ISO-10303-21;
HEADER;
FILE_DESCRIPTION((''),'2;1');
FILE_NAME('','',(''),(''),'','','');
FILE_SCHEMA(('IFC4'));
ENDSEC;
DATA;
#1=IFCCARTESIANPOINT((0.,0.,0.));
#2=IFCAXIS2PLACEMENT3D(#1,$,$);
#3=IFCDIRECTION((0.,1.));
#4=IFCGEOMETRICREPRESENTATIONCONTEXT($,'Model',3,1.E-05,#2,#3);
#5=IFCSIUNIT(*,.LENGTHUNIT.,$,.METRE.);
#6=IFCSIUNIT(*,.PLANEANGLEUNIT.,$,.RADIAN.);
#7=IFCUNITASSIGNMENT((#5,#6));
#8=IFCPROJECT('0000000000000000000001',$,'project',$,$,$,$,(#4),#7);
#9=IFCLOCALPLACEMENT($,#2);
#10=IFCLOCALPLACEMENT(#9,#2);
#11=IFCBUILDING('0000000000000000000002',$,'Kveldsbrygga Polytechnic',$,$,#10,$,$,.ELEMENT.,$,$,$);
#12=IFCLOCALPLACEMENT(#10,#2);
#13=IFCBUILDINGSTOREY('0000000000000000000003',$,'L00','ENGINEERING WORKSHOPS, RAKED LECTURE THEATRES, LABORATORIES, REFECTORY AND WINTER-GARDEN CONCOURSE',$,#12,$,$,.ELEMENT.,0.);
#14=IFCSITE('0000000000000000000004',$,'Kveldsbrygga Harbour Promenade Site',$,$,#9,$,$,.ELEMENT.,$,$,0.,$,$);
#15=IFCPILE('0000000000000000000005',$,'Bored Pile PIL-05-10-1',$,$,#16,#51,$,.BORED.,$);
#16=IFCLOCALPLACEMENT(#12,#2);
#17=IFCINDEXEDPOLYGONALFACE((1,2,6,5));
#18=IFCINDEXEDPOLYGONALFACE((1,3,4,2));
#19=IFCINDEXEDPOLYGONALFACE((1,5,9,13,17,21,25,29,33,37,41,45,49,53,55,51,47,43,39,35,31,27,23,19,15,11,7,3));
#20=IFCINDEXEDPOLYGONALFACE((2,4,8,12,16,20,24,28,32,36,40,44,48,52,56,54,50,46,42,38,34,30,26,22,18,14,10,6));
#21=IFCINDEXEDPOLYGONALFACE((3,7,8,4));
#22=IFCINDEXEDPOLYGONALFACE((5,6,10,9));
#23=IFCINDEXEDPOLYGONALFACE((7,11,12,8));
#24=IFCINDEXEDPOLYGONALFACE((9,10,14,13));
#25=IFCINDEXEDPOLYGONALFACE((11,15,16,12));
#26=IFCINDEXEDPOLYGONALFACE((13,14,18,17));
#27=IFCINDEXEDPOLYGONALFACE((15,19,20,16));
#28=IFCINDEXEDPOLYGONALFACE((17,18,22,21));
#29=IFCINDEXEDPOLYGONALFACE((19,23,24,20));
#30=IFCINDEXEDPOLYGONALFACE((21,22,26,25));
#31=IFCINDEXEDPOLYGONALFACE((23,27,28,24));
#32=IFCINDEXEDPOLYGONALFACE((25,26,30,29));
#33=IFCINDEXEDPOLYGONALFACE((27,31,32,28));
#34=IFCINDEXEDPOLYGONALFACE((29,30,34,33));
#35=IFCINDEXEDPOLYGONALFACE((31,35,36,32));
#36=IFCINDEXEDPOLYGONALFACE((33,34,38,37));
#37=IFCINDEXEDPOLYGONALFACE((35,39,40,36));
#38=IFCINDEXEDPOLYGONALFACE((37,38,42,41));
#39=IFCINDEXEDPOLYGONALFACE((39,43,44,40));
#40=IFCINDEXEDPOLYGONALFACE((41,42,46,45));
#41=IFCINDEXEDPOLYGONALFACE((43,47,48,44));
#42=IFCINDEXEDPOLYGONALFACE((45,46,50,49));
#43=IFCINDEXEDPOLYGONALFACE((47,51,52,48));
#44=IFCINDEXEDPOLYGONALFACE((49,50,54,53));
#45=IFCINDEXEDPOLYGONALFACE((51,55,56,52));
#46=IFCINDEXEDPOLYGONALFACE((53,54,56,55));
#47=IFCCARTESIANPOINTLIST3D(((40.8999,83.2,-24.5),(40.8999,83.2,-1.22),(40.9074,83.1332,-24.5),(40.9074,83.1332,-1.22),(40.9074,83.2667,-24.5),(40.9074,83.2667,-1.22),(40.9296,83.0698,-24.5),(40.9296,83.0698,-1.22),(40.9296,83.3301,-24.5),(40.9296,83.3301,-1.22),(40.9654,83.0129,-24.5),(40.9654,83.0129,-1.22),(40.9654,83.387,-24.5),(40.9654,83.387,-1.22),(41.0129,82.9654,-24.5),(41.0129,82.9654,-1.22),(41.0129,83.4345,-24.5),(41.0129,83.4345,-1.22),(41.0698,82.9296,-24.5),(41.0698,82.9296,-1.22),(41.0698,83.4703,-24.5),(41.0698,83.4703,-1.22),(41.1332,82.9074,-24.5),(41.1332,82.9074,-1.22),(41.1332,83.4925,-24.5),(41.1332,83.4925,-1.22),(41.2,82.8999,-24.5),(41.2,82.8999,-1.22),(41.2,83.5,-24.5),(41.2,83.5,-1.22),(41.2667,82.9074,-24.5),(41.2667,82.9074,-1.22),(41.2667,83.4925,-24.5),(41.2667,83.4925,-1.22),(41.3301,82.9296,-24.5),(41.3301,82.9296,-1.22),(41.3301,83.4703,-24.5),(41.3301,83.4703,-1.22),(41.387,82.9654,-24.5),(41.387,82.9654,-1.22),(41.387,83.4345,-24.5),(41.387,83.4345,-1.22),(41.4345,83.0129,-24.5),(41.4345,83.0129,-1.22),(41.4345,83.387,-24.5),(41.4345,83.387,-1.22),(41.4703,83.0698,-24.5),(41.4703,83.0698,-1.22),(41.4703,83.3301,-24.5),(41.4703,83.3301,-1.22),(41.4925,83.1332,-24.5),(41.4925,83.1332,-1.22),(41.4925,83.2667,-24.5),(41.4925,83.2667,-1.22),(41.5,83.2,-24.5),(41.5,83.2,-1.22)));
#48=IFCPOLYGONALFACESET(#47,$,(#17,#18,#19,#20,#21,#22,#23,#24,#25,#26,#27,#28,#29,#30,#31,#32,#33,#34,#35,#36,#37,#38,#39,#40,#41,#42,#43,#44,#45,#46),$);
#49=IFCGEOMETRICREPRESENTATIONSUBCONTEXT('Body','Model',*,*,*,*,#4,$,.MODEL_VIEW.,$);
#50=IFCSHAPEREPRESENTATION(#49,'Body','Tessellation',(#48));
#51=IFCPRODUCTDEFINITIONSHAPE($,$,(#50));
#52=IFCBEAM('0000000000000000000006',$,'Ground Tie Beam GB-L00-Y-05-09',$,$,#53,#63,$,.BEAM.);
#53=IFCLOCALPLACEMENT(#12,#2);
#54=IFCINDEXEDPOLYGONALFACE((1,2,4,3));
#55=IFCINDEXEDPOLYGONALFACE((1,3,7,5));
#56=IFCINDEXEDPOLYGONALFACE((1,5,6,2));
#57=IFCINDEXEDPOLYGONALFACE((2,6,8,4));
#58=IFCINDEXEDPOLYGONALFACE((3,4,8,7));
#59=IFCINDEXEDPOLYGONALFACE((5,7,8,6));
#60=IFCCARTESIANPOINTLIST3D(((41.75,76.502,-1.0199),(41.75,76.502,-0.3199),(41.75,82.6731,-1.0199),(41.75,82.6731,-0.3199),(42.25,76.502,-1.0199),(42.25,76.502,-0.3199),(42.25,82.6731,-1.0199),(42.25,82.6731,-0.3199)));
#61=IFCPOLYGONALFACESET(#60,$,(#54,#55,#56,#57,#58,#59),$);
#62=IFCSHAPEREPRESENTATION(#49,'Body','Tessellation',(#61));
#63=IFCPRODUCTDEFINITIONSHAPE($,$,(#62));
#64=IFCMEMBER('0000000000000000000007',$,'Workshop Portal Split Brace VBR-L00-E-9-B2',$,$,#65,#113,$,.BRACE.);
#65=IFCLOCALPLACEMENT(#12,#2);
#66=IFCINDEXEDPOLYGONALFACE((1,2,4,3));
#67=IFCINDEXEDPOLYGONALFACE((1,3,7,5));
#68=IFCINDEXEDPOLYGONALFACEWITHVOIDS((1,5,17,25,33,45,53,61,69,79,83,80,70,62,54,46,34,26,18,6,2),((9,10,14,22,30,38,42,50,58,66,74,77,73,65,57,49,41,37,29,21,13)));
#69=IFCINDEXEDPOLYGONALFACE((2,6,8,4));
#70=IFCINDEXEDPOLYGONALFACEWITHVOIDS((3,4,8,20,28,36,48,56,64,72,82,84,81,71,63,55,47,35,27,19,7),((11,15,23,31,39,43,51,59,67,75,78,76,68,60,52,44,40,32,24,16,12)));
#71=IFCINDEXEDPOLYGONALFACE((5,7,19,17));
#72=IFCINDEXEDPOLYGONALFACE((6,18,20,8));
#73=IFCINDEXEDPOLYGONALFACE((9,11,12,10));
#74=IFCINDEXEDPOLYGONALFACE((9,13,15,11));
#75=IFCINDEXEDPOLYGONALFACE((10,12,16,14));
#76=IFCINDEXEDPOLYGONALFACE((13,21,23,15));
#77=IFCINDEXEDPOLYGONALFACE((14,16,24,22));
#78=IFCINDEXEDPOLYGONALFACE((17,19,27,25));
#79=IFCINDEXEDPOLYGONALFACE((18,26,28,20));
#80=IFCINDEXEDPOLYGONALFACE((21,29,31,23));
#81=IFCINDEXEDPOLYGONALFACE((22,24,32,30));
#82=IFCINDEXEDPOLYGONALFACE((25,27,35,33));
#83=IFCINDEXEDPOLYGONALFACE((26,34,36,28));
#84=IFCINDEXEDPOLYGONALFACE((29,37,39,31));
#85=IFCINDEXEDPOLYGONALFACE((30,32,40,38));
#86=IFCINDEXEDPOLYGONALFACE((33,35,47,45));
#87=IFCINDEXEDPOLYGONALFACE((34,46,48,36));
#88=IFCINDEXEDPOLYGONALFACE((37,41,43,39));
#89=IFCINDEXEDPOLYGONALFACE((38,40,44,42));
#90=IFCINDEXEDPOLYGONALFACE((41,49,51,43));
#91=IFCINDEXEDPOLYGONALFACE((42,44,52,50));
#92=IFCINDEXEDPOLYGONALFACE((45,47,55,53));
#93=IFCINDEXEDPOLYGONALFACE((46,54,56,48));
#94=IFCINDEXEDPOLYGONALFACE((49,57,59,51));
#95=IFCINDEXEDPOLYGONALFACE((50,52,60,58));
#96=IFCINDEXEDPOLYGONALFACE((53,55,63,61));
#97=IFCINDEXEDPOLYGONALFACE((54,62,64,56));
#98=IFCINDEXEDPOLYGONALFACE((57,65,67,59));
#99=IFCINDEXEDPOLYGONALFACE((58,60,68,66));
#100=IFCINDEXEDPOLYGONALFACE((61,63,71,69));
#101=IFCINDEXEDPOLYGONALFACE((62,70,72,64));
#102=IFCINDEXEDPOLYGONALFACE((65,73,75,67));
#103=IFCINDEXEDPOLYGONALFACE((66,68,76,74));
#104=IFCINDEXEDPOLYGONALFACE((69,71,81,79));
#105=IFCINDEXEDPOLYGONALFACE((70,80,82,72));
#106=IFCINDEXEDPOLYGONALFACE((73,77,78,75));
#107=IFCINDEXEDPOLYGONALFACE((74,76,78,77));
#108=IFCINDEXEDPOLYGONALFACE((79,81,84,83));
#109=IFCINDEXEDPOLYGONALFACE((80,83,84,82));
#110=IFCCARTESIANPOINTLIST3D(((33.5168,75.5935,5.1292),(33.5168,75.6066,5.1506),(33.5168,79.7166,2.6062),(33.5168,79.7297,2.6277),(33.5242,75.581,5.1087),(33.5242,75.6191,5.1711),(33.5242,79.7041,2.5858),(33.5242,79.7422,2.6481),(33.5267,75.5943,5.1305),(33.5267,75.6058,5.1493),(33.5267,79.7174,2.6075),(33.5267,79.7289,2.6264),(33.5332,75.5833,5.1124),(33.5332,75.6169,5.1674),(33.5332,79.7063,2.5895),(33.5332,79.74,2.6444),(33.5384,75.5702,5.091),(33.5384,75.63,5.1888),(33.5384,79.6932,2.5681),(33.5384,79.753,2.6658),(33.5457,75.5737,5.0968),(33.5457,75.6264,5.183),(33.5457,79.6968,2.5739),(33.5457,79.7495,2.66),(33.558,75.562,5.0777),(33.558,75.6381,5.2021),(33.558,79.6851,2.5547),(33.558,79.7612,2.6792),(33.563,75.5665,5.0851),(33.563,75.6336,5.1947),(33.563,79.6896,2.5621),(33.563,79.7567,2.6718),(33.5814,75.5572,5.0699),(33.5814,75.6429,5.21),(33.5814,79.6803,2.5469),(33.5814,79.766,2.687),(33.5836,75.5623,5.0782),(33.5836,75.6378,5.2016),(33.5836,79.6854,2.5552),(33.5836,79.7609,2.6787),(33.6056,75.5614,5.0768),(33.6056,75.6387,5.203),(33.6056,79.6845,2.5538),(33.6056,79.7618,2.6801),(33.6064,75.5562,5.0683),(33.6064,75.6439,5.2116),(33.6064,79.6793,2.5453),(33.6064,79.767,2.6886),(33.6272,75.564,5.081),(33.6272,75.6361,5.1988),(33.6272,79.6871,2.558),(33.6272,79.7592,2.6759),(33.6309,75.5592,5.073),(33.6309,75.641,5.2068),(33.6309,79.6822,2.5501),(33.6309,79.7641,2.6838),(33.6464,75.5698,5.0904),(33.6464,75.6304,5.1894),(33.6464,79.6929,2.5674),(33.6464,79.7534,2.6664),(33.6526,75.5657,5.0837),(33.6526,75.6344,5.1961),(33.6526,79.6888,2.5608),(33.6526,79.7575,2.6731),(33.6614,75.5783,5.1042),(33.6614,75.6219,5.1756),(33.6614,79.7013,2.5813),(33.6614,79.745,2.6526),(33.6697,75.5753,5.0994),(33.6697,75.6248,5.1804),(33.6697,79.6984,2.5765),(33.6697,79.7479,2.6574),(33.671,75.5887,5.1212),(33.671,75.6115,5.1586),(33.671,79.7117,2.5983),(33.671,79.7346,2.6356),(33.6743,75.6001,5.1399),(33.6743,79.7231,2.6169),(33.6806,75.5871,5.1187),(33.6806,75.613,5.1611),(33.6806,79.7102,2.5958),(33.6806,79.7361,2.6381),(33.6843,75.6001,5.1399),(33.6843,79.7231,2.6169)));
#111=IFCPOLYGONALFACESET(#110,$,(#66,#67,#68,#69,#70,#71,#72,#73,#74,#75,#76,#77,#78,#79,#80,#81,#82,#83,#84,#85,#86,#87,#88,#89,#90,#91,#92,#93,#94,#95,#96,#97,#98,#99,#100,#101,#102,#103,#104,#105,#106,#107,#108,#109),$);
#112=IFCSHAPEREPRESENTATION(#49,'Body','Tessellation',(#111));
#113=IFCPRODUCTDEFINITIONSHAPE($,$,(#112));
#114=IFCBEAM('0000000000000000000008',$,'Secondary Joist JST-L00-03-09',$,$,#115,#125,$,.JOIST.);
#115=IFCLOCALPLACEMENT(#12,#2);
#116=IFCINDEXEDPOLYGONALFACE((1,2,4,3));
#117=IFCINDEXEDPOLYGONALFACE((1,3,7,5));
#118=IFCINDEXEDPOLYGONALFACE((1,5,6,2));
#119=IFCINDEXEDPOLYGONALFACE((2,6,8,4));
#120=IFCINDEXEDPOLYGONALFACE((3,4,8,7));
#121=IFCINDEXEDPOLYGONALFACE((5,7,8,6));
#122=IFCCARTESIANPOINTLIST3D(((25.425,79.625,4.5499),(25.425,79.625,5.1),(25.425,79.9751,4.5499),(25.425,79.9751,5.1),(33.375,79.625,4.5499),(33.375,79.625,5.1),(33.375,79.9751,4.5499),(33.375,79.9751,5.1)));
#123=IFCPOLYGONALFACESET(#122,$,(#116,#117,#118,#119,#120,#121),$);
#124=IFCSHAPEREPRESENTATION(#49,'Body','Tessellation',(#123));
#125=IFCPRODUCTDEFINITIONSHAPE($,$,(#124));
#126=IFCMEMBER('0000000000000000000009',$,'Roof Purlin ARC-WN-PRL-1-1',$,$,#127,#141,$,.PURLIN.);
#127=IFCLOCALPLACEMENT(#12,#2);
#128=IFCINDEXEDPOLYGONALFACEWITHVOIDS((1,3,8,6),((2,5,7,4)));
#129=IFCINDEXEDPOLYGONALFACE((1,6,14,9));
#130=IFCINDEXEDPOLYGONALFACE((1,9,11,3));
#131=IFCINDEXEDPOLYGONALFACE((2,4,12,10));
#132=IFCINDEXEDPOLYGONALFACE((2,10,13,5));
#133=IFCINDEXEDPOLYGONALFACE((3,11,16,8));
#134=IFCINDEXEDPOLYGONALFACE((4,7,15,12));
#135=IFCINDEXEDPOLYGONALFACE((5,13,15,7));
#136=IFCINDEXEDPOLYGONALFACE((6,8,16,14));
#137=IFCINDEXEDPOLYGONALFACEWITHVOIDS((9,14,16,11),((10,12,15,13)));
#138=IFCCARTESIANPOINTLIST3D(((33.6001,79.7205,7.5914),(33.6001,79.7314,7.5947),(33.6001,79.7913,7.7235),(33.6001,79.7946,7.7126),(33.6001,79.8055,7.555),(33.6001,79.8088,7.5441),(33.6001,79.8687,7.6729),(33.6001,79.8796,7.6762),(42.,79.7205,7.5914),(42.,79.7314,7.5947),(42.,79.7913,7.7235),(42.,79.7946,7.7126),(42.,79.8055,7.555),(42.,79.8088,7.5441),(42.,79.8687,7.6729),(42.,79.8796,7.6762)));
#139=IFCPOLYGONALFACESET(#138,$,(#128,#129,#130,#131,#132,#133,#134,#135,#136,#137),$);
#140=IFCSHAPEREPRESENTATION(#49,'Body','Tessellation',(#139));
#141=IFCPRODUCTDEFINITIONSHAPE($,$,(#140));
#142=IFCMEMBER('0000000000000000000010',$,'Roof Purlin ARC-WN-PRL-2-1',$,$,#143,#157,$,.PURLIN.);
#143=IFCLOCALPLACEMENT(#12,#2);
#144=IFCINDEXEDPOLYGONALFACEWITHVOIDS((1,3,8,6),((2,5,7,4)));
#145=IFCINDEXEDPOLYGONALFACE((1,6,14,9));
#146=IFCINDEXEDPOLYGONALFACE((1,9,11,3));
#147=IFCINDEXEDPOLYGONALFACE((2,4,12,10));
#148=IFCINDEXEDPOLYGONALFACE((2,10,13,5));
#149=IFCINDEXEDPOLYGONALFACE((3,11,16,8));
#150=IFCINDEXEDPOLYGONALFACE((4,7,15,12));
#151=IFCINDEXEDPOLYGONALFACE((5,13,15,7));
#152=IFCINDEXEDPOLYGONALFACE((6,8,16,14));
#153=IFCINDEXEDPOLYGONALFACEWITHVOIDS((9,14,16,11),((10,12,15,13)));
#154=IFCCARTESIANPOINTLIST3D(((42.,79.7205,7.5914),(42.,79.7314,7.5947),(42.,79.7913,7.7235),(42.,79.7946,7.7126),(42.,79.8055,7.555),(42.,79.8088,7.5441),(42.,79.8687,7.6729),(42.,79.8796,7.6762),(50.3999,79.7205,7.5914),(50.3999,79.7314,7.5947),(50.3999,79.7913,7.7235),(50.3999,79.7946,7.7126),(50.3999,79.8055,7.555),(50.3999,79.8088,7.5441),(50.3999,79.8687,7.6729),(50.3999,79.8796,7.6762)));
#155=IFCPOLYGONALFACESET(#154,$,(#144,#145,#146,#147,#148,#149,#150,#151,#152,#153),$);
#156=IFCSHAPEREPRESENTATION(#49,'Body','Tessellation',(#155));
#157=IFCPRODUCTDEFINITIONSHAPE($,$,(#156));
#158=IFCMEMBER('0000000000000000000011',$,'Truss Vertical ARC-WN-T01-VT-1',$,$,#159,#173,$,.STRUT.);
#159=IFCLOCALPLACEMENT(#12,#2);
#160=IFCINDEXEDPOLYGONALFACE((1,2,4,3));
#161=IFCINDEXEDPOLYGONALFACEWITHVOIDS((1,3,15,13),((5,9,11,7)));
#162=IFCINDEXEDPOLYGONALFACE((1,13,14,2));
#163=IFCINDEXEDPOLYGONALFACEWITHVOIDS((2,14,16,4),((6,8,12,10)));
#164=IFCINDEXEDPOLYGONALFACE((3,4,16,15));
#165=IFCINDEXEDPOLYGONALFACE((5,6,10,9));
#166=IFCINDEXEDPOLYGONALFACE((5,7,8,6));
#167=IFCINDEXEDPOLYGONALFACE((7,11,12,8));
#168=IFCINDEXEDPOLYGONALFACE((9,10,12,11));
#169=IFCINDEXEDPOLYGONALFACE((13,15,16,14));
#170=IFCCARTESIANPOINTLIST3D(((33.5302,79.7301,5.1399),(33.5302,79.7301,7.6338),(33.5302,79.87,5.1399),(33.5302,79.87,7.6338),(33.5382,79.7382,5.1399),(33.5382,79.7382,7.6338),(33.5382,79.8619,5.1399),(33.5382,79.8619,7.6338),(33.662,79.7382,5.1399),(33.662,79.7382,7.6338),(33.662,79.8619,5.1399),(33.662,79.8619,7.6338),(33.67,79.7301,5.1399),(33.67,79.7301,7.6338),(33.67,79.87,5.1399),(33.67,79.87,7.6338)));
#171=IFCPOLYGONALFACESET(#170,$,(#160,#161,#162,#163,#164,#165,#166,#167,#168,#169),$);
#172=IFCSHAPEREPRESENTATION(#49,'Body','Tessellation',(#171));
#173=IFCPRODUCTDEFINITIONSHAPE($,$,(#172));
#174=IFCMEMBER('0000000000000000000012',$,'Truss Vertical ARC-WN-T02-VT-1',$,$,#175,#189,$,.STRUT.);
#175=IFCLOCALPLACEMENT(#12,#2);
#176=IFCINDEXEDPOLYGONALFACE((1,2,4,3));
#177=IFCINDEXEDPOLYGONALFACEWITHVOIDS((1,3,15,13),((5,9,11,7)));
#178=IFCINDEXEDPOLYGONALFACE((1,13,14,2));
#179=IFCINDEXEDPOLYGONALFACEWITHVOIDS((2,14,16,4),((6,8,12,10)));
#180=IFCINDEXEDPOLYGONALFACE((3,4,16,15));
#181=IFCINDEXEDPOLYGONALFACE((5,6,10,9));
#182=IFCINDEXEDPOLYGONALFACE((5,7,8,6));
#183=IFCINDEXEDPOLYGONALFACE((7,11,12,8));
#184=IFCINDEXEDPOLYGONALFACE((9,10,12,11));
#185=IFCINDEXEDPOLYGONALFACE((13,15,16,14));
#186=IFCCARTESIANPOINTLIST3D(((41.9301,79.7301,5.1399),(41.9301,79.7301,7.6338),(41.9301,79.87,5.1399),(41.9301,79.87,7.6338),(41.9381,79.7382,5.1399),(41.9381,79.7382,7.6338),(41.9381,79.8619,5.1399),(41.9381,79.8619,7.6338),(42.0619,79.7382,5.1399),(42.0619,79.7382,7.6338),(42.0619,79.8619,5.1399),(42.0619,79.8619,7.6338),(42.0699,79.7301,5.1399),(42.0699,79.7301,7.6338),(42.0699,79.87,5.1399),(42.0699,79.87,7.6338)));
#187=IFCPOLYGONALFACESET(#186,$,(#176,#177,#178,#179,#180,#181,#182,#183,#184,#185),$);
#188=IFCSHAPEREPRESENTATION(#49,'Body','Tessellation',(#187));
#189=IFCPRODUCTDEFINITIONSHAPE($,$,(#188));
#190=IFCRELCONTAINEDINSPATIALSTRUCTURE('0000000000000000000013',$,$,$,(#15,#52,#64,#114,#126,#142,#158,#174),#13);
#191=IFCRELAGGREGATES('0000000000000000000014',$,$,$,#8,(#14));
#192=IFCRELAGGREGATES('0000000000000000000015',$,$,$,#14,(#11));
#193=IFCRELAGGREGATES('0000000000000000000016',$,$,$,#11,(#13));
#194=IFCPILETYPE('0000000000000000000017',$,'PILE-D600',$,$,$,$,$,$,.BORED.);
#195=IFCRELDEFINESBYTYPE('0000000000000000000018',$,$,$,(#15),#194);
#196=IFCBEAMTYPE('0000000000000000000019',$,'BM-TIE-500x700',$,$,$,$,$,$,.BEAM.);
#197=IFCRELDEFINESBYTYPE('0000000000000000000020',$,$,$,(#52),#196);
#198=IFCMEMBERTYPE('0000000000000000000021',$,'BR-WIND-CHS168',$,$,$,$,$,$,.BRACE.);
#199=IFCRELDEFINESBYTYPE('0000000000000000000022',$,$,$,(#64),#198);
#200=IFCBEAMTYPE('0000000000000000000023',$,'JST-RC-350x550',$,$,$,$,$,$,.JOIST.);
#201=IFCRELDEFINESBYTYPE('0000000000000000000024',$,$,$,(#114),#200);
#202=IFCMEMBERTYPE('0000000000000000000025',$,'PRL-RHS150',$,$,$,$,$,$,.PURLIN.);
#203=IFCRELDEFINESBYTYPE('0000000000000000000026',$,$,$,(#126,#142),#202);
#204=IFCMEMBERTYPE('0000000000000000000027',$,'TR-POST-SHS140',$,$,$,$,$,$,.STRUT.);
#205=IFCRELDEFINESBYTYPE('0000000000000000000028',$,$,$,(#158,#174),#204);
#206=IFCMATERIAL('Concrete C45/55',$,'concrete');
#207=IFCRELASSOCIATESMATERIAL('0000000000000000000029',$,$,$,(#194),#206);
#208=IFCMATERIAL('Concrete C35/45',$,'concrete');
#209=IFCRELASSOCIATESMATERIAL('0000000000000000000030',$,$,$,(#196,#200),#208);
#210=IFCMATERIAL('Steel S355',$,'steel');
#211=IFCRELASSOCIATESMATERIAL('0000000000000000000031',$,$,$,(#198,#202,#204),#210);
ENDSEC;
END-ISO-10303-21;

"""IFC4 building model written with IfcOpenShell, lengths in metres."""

from ifc_helpers import new_model, si_unit, direction, frame, origin, origin_2d, place, context, subcontext, project, spatial, rectangle, hollow_rectangle, circle, hollow_circle, extrude, material, material_profile, profile_set, type_object, element, save


model = new_model("IFC4")

# Units and contexts
model_context = context("Model", 3, precision=1e-05, world=origin(), true_north=direction((0.0, 1.0)))
body_context = subcontext(model_context, "Body", "Model", "MODEL_VIEW")
ifc_project = project(units=[si_unit("LENGTHUNIT", "METRE"), si_unit("PLANEANGLEUNIT", "RADIAN")], contexts=[model_context])

# Site, building, storey
site_placement = place(None, origin())
site = spatial("IfcSite", under=ifc_project, at=site_placement, Name="Kveldsbrygga Harbour Promenade Site", CompositionType="ELEMENT", RefElevation=0.0)
building_placement = place(site_placement, origin())
building = spatial("IfcBuilding", under=site, at=building_placement, Name="Kveldsbrygga Polytechnic", CompositionType="ELEMENT")
storey_placement = place(building_placement, origin())
storey = spatial("IfcBuildingStorey", under=building, at=storey_placement, Name="L00", Description="ENGINEERING WORKSHOPS, RAKED LECTURE THEATRES, LABORATORIES, REFECTORY AND WINTER-GARDEN CONCOURSE", CompositionType="ELEMENT", Elevation=0.0)

# Pile
ifc_material_1 = material(Name="Concrete C45/55", Category="concrete")
ifc_material_profile_1 = material_profile(ifc_material_1, circle(Radius=0.3, at=origin_2d()), Name="PILE D600")
ifc_profile_set_1 = profile_set([ifc_material_profile_1], Name="Concrete C45/55")
pile_type = type_object("IfcPileType", Name="PILE-D600", PredefinedType="BORED", material=ifc_profile_set_1)
pile_placement = place(storey_placement, frame((41.2, 83.2, -1.22), z_axis=(0.0, 0.0, -1.0), x_axis=(1.0, 0.0, 0.0)))
element("IfcPile", 1, at=pile_placement, inside=storey, type_object=pile_type, Name="Bored Pile PIL-05-10-1", PredefinedType="BORED", context=body_context, shape_type="SweptSolid", body=[
    extrude(circle(Radius=0.3, at=origin_2d()), origin(), (0.0, 0.0, 1.0), 23.28),
])

# Beam
ifc_material_2 = material(Name="Concrete C35/45", Category="concrete")
ifc_material_profile_2 = material_profile(ifc_material_2, rectangle(XDim=0.5, YDim=0.7, at=origin_2d()), Name="RC 500x700")
ifc_profile_set_2 = profile_set([ifc_material_profile_2], Name="Concrete C35/45")
beam_type_1 = type_object("IfcBeamType", Name="BM-TIE-500x700", PredefinedType="BEAM", material=ifc_profile_set_2)
beam_1_placement = place(storey_placement, frame((42.0, 76.502, -0.6699), z_axis=(0.0, 1.0, 0.0), x_axis=(-1.0, 0.0, 0.0)))
element("IfcBeam", 2, at=beam_1_placement, inside=storey, type_object=beam_type_1, Name="Ground Tie Beam GB-L00-Y-05-09", PredefinedType="BEAM", context=body_context, shape_type="SweptSolid", body=[
    extrude(rectangle(XDim=0.5, YDim=0.7, at=origin_2d()), origin(), (0.0, 0.0, 1.0), 6.1711),
])

# Member
ifc_material_3 = material(Name="Steel S355", Category="steel")
ifc_material_profile_3 = material_profile(ifc_material_3, hollow_circle(Radius=0.0842, WallThickness=0.01, at=origin_2d()), Name="CHS 168.3x10.0")
ifc_profile_set_3 = profile_set([ifc_material_profile_3], Name="Steel S355")
member_type_1 = type_object("IfcMemberType", Name="BR-WIND-CHS168", PredefinedType="BRACE", material=ifc_profile_set_3)
member_placement = place(storey_placement, frame((33.6001, 79.7231, 2.6169), z_axis=(0.0, -0.852977, 0.521948), x_axis=(1.0, 0.0, 0.0)))
element("IfcMember", 3, at=member_placement, inside=storey, type_object=member_type_1, Name="Workshop Portal Split Brace VBR-L00-E-9-B2", PredefinedType="BRACE", context=body_context, shape_type="SweptSolid", body=[
    extrude(hollow_circle(Radius=0.0842, WallThickness=0.01, at=origin_2d()), origin(), (0.0, 0.0, 1.0), 4.8337),
])

# Beam
ifc_material_profile_4 = material_profile(ifc_material_2, rectangle(XDim=0.3501, YDim=0.55, at=origin_2d()), Name="RC 350x550")
ifc_profile_set_4 = profile_set([ifc_material_profile_4], Name="Concrete C35/45")
beam_type_2 = type_object("IfcBeamType", Name="JST-RC-350x550", PredefinedType="JOIST", material=ifc_profile_set_4)
beam_2_placement = place(storey_placement, frame((25.425, 79.8, 4.825), z_axis=(1.0, 0.0, 0.0), x_axis=(0.0, 1.0, 0.0)))
element("IfcBeam", 4, at=beam_2_placement, inside=storey, type_object=beam_type_2, Name="Secondary Joist JST-L00-03-09", PredefinedType="JOIST", context=body_context, shape_type="SweptSolid", body=[
    extrude(rectangle(XDim=0.3501, YDim=0.55, at=origin_2d()), origin(), (0.0, 0.0, 1.0), 7.95),
])

# Members
ifc_material_profile_5 = material_profile(ifc_material_3, hollow_rectangle(XDim=0.1001, YDim=0.1499, WallThickness=0.0081, at=origin_2d()), Name="RHS 150x100x8.0")
ifc_profile_set_5 = profile_set([ifc_material_profile_5], Name="Steel S355")
member_type_2 = type_object("IfcMemberType", Name="PRL-RHS150", PredefinedType="PURLIN", material=ifc_profile_set_5)
for number, where, z_axis, x_axis, name in (
    (5, (33.6001, 79.8, 7.6338), (1.0, 0.0, 0.0), (0.0, 0.88148, -0.472222), "Roof Purlin ARC-WN-PRL-1-1"),
    (6, (42.0, 79.8, 7.6338), (1.0, 0.0, 0.0), (0.0, 0.88148, -0.472222), "Roof Purlin ARC-WN-PRL-2-1"),
):
    element("IfcMember", number, at=place(storey_placement, frame(where, z_axis=z_axis, x_axis=x_axis)), inside=storey, type_object=member_type_2, Name=name, PredefinedType="PURLIN", context=body_context, shape_type="SweptSolid", body=[
        extrude(hollow_rectangle(XDim=0.1001, YDim=0.1499, WallThickness=0.0081, at=origin_2d()), origin(), (0.0, 0.0, 1.0), 8.3999),
    ])
ifc_material_profile_6 = material_profile(ifc_material_3, hollow_rectangle(XDim=0.1399, YDim=0.1399, WallThickness=0.0081, at=origin_2d()), Name="SHS 140x140x8.0")
ifc_profile_set_6 = profile_set([ifc_material_profile_6], Name="Steel S355")
member_type_3 = type_object("IfcMemberType", Name="TR-POST-SHS140", PredefinedType="STRUT", material=ifc_profile_set_6)
for number, where, z_axis, x_axis, name in (
    (7, (33.6001, 79.8, 5.1399), (0.0, 0.0, 1.0), (1.0, 0.0, 0.0), "Truss Vertical ARC-WN-T01-VT-1"),
    (8, (42.0, 79.8, 5.1399), (0.0, 0.0, 1.0), (1.0, 0.0, 0.0), "Truss Vertical ARC-WN-T02-VT-1"),
):
    element("IfcMember", number, at=place(storey_placement, frame(where, z_axis=z_axis, x_axis=x_axis)), inside=storey, type_object=member_type_3, Name=name, PredefinedType="STRUT", context=body_context, shape_type="SweptSolid", body=[
        extrude(hollow_rectangle(XDim=0.1399, YDim=0.1399, WallThickness=0.0081, at=origin_2d()), origin(), (0.0, 0.0, 1.0), 2.4939),
    ])

save(model, "model.ifc")
